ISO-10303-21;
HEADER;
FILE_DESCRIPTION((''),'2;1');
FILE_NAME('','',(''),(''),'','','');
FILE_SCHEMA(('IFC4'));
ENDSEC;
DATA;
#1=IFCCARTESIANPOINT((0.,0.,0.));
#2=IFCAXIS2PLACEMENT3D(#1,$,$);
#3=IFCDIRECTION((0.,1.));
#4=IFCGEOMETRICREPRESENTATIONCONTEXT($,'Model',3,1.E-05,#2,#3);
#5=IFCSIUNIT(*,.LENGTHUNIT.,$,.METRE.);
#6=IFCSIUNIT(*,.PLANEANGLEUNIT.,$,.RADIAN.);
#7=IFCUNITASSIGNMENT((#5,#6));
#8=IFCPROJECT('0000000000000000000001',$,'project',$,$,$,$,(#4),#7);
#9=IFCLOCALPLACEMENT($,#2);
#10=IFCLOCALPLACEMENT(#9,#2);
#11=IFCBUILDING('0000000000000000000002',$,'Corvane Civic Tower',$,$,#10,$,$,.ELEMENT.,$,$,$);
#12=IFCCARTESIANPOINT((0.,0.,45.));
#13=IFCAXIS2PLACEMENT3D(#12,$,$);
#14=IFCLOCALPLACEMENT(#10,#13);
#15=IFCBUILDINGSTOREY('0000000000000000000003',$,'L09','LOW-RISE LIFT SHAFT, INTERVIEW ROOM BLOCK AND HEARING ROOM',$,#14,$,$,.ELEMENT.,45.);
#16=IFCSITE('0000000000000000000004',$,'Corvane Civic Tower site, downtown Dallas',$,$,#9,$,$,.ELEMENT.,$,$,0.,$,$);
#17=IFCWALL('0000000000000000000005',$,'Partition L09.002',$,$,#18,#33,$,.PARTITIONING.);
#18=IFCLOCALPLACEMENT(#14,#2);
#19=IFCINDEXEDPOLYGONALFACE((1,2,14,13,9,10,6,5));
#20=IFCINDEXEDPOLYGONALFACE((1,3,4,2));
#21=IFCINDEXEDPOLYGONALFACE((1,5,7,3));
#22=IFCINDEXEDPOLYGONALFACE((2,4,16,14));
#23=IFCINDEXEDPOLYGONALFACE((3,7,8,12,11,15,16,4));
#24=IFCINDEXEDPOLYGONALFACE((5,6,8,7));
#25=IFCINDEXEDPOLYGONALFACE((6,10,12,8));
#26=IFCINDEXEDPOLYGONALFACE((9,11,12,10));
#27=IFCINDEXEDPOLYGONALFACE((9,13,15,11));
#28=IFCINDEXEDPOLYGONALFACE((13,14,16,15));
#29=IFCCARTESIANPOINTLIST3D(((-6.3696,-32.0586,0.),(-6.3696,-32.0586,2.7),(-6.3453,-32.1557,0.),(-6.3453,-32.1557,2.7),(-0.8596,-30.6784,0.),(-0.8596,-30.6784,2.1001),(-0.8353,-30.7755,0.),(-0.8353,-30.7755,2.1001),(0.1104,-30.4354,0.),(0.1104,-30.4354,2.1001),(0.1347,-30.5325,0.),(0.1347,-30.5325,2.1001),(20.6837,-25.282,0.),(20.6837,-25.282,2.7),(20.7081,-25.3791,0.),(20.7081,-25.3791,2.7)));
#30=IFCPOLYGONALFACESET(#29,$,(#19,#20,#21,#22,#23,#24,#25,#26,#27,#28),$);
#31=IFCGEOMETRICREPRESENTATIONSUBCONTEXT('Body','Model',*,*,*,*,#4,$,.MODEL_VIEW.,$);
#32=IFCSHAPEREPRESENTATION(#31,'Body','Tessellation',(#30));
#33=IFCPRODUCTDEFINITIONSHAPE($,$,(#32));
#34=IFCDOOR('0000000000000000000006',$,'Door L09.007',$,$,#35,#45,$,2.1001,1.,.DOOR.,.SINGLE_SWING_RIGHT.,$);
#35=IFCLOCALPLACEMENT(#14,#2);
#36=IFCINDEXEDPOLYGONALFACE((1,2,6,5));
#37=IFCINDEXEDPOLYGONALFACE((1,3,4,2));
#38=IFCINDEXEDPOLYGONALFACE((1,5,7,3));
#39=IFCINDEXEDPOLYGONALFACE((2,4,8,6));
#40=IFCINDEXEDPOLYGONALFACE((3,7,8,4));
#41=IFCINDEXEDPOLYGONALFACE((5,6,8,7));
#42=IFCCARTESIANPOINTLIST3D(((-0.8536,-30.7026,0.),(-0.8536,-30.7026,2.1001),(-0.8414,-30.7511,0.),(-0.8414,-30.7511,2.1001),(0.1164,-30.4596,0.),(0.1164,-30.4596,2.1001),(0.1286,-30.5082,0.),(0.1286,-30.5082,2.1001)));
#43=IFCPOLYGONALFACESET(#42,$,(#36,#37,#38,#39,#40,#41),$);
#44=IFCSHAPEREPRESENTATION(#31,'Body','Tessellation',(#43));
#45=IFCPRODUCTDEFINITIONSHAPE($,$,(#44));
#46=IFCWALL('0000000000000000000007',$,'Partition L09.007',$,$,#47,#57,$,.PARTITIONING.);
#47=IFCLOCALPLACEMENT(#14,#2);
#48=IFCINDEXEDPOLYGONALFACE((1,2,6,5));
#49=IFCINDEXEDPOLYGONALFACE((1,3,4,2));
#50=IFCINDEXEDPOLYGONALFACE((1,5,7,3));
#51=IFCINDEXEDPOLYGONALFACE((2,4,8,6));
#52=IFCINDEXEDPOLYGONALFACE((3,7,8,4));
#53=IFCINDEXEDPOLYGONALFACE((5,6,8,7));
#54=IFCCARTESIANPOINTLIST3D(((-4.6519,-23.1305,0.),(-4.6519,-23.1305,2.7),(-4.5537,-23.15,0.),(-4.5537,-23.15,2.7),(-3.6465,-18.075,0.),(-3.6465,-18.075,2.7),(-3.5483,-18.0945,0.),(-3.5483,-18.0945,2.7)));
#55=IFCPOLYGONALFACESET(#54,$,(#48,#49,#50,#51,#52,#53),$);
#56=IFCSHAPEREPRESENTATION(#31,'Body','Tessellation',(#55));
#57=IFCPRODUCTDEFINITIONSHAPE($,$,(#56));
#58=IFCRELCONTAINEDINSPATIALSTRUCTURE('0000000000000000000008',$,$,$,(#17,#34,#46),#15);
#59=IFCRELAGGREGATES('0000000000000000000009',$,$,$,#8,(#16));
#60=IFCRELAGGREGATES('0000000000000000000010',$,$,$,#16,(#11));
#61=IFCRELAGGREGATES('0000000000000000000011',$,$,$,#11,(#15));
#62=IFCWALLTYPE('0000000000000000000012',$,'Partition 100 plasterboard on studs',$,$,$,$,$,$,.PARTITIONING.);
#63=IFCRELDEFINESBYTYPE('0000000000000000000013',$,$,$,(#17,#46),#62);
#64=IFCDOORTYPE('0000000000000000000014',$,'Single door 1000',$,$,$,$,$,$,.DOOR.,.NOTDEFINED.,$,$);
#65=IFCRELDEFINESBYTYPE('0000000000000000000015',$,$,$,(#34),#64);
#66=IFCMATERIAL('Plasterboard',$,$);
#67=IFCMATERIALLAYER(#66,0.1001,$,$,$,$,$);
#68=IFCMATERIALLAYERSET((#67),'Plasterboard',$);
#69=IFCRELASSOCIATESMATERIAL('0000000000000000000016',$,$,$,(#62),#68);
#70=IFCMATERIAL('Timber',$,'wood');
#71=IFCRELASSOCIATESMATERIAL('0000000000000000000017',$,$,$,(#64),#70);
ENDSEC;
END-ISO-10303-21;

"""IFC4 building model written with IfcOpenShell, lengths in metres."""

from ifc_helpers import new_model, si_unit, direction, frame, frame_2d, origin, place, context, subcontext, project, spatial, rectangle, extrude, material, layer, layer_set, type_object, element, fill, save


model = new_model("IFC4")

# Units and contexts
model_context = context("Model", 3, precision=1e-05, world=origin(), true_north=direction((0.0, 1.0)))
body_context = subcontext(model_context, "Body", "Model", "MODEL_VIEW")
ifc_project = project(units=[si_unit("LENGTHUNIT", "METRE"), si_unit("PLANEANGLEUNIT", "RADIAN")], contexts=[model_context])

# Site, building, storey
site_placement = place(None, origin())
site = spatial("IfcSite", under=ifc_project, at=site_placement, Name="Corvane Civic Tower site, downtown Dallas", CompositionType="ELEMENT", RefElevation=0.0)
building_placement = place(site_placement, origin())
building = spatial("IfcBuilding", under=site, at=building_placement, Name="Corvane Civic Tower", CompositionType="ELEMENT")
storey_placement = place(building_placement, frame((0.0, 0.0, 45.0)))
storey = spatial("IfcBuildingStorey", under=building, at=storey_placement, Name="L09", Description="LOW-RISE LIFT SHAFT, INTERVIEW ROOM BLOCK AND HEARING ROOM", CompositionType="ELEMENT", Elevation=45.0)

# Shared definitions
ifc_material_1 = material(Name="Plasterboard")
ifc_layer_1 = layer(ifc_material_1, 0.1001)
ifc_layer_set_1 = layer_set([ifc_layer_1], Name="Plasterboard")
wall_type = type_object("IfcWallType", Name="Partition 100 plasterboard on studs", PredefinedType="PARTITIONING", material=ifc_layer_set_1)

# Wall, opening, door
wall_1_placement = place(storey_placement, frame((-6.3574, -32.1072, 0.0), z_axis=(0.0, 0.0, 1.0), x_axis=(0.97003, 0.242985, 0.0)))
wall_1 = element("IfcWall", 1, at=wall_1_placement, inside=storey, type_object=wall_type, Name="Partition L09.002", PredefinedType="PARTITIONING", context=body_context, shape_type="SweptSolid", body=[
    extrude(rectangle(XDim=27.8892, YDim=0.1001, at=frame_2d((13.9446, 0.0))), origin(), (0.0, 0.0, 1.0), 2.7),
])
opening_placement = place(wall_1_placement, frame((5.6802, 0.0, 0.0)))
opening = element("IfcOpeningElement", 2, at=opening_placement, cuts=wall_1, PredefinedType="OPENING", context=body_context, shape_type="SweptSolid", body=[
    extrude(rectangle(XDim=1.0, YDim=2.1001, at=frame_2d((0.5, 1.05))), frame((0.0, 0.0601, 0.0), z_axis=(0.0, -1.0, 0.0), x_axis=(1.0, 0.0, 0.0)), (0.0, 0.0, 1.0), 0.1201),
])
ifc_material_2 = material(Name="Timber", Category="wood")
door_type = type_object("IfcDoorType", Name="Single door 1000", OperationType="NOTDEFINED", PredefinedType="DOOR", material=ifc_material_2)
door_placement = place(opening_placement, frame((1.0, 0.0, 0.0), z_axis=(0.0, 0.0, 1.0), x_axis=(-1.0, 0.0, 0.0)))
door = element("IfcDoor", 3, at=door_placement, inside=storey, type_object=door_type, Name="Door L09.007", OperationType="SINGLE_SWING_RIGHT", OverallHeight=2.1001, OverallWidth=1.0, PredefinedType="DOOR", context=body_context, shape_type="SweptSolid", body=[
    extrude(rectangle(XDim=1.0, YDim=2.1001, at=frame_2d((0.5, 1.05))), frame((0.0, 0.0249, 0.0), z_axis=(0.0, -1.0, 0.0), x_axis=(1.0, 0.0, 0.0)), (0.0, 0.0, 1.0), 0.05),
])
fill(opening, door)

# Wall
wall_2_placement = place(storey_placement, frame((-4.6028, -23.1401, 0.0), z_axis=(0.0, 0.0, 1.0), x_axis=(0.19505, 0.980793, 0.0)))
element("IfcWall", 4, at=wall_2_placement, inside=storey, type_object=wall_type, Name="Partition L09.007", PredefinedType="PARTITIONING", context=body_context, shape_type="SweptSolid", body=[
    extrude(rectangle(XDim=5.1545, YDim=0.1001, at=frame_2d((2.5771, 0.0))), origin(), (0.0, 0.0, 1.0), 2.7),
])

save(model, "model.ifc")
